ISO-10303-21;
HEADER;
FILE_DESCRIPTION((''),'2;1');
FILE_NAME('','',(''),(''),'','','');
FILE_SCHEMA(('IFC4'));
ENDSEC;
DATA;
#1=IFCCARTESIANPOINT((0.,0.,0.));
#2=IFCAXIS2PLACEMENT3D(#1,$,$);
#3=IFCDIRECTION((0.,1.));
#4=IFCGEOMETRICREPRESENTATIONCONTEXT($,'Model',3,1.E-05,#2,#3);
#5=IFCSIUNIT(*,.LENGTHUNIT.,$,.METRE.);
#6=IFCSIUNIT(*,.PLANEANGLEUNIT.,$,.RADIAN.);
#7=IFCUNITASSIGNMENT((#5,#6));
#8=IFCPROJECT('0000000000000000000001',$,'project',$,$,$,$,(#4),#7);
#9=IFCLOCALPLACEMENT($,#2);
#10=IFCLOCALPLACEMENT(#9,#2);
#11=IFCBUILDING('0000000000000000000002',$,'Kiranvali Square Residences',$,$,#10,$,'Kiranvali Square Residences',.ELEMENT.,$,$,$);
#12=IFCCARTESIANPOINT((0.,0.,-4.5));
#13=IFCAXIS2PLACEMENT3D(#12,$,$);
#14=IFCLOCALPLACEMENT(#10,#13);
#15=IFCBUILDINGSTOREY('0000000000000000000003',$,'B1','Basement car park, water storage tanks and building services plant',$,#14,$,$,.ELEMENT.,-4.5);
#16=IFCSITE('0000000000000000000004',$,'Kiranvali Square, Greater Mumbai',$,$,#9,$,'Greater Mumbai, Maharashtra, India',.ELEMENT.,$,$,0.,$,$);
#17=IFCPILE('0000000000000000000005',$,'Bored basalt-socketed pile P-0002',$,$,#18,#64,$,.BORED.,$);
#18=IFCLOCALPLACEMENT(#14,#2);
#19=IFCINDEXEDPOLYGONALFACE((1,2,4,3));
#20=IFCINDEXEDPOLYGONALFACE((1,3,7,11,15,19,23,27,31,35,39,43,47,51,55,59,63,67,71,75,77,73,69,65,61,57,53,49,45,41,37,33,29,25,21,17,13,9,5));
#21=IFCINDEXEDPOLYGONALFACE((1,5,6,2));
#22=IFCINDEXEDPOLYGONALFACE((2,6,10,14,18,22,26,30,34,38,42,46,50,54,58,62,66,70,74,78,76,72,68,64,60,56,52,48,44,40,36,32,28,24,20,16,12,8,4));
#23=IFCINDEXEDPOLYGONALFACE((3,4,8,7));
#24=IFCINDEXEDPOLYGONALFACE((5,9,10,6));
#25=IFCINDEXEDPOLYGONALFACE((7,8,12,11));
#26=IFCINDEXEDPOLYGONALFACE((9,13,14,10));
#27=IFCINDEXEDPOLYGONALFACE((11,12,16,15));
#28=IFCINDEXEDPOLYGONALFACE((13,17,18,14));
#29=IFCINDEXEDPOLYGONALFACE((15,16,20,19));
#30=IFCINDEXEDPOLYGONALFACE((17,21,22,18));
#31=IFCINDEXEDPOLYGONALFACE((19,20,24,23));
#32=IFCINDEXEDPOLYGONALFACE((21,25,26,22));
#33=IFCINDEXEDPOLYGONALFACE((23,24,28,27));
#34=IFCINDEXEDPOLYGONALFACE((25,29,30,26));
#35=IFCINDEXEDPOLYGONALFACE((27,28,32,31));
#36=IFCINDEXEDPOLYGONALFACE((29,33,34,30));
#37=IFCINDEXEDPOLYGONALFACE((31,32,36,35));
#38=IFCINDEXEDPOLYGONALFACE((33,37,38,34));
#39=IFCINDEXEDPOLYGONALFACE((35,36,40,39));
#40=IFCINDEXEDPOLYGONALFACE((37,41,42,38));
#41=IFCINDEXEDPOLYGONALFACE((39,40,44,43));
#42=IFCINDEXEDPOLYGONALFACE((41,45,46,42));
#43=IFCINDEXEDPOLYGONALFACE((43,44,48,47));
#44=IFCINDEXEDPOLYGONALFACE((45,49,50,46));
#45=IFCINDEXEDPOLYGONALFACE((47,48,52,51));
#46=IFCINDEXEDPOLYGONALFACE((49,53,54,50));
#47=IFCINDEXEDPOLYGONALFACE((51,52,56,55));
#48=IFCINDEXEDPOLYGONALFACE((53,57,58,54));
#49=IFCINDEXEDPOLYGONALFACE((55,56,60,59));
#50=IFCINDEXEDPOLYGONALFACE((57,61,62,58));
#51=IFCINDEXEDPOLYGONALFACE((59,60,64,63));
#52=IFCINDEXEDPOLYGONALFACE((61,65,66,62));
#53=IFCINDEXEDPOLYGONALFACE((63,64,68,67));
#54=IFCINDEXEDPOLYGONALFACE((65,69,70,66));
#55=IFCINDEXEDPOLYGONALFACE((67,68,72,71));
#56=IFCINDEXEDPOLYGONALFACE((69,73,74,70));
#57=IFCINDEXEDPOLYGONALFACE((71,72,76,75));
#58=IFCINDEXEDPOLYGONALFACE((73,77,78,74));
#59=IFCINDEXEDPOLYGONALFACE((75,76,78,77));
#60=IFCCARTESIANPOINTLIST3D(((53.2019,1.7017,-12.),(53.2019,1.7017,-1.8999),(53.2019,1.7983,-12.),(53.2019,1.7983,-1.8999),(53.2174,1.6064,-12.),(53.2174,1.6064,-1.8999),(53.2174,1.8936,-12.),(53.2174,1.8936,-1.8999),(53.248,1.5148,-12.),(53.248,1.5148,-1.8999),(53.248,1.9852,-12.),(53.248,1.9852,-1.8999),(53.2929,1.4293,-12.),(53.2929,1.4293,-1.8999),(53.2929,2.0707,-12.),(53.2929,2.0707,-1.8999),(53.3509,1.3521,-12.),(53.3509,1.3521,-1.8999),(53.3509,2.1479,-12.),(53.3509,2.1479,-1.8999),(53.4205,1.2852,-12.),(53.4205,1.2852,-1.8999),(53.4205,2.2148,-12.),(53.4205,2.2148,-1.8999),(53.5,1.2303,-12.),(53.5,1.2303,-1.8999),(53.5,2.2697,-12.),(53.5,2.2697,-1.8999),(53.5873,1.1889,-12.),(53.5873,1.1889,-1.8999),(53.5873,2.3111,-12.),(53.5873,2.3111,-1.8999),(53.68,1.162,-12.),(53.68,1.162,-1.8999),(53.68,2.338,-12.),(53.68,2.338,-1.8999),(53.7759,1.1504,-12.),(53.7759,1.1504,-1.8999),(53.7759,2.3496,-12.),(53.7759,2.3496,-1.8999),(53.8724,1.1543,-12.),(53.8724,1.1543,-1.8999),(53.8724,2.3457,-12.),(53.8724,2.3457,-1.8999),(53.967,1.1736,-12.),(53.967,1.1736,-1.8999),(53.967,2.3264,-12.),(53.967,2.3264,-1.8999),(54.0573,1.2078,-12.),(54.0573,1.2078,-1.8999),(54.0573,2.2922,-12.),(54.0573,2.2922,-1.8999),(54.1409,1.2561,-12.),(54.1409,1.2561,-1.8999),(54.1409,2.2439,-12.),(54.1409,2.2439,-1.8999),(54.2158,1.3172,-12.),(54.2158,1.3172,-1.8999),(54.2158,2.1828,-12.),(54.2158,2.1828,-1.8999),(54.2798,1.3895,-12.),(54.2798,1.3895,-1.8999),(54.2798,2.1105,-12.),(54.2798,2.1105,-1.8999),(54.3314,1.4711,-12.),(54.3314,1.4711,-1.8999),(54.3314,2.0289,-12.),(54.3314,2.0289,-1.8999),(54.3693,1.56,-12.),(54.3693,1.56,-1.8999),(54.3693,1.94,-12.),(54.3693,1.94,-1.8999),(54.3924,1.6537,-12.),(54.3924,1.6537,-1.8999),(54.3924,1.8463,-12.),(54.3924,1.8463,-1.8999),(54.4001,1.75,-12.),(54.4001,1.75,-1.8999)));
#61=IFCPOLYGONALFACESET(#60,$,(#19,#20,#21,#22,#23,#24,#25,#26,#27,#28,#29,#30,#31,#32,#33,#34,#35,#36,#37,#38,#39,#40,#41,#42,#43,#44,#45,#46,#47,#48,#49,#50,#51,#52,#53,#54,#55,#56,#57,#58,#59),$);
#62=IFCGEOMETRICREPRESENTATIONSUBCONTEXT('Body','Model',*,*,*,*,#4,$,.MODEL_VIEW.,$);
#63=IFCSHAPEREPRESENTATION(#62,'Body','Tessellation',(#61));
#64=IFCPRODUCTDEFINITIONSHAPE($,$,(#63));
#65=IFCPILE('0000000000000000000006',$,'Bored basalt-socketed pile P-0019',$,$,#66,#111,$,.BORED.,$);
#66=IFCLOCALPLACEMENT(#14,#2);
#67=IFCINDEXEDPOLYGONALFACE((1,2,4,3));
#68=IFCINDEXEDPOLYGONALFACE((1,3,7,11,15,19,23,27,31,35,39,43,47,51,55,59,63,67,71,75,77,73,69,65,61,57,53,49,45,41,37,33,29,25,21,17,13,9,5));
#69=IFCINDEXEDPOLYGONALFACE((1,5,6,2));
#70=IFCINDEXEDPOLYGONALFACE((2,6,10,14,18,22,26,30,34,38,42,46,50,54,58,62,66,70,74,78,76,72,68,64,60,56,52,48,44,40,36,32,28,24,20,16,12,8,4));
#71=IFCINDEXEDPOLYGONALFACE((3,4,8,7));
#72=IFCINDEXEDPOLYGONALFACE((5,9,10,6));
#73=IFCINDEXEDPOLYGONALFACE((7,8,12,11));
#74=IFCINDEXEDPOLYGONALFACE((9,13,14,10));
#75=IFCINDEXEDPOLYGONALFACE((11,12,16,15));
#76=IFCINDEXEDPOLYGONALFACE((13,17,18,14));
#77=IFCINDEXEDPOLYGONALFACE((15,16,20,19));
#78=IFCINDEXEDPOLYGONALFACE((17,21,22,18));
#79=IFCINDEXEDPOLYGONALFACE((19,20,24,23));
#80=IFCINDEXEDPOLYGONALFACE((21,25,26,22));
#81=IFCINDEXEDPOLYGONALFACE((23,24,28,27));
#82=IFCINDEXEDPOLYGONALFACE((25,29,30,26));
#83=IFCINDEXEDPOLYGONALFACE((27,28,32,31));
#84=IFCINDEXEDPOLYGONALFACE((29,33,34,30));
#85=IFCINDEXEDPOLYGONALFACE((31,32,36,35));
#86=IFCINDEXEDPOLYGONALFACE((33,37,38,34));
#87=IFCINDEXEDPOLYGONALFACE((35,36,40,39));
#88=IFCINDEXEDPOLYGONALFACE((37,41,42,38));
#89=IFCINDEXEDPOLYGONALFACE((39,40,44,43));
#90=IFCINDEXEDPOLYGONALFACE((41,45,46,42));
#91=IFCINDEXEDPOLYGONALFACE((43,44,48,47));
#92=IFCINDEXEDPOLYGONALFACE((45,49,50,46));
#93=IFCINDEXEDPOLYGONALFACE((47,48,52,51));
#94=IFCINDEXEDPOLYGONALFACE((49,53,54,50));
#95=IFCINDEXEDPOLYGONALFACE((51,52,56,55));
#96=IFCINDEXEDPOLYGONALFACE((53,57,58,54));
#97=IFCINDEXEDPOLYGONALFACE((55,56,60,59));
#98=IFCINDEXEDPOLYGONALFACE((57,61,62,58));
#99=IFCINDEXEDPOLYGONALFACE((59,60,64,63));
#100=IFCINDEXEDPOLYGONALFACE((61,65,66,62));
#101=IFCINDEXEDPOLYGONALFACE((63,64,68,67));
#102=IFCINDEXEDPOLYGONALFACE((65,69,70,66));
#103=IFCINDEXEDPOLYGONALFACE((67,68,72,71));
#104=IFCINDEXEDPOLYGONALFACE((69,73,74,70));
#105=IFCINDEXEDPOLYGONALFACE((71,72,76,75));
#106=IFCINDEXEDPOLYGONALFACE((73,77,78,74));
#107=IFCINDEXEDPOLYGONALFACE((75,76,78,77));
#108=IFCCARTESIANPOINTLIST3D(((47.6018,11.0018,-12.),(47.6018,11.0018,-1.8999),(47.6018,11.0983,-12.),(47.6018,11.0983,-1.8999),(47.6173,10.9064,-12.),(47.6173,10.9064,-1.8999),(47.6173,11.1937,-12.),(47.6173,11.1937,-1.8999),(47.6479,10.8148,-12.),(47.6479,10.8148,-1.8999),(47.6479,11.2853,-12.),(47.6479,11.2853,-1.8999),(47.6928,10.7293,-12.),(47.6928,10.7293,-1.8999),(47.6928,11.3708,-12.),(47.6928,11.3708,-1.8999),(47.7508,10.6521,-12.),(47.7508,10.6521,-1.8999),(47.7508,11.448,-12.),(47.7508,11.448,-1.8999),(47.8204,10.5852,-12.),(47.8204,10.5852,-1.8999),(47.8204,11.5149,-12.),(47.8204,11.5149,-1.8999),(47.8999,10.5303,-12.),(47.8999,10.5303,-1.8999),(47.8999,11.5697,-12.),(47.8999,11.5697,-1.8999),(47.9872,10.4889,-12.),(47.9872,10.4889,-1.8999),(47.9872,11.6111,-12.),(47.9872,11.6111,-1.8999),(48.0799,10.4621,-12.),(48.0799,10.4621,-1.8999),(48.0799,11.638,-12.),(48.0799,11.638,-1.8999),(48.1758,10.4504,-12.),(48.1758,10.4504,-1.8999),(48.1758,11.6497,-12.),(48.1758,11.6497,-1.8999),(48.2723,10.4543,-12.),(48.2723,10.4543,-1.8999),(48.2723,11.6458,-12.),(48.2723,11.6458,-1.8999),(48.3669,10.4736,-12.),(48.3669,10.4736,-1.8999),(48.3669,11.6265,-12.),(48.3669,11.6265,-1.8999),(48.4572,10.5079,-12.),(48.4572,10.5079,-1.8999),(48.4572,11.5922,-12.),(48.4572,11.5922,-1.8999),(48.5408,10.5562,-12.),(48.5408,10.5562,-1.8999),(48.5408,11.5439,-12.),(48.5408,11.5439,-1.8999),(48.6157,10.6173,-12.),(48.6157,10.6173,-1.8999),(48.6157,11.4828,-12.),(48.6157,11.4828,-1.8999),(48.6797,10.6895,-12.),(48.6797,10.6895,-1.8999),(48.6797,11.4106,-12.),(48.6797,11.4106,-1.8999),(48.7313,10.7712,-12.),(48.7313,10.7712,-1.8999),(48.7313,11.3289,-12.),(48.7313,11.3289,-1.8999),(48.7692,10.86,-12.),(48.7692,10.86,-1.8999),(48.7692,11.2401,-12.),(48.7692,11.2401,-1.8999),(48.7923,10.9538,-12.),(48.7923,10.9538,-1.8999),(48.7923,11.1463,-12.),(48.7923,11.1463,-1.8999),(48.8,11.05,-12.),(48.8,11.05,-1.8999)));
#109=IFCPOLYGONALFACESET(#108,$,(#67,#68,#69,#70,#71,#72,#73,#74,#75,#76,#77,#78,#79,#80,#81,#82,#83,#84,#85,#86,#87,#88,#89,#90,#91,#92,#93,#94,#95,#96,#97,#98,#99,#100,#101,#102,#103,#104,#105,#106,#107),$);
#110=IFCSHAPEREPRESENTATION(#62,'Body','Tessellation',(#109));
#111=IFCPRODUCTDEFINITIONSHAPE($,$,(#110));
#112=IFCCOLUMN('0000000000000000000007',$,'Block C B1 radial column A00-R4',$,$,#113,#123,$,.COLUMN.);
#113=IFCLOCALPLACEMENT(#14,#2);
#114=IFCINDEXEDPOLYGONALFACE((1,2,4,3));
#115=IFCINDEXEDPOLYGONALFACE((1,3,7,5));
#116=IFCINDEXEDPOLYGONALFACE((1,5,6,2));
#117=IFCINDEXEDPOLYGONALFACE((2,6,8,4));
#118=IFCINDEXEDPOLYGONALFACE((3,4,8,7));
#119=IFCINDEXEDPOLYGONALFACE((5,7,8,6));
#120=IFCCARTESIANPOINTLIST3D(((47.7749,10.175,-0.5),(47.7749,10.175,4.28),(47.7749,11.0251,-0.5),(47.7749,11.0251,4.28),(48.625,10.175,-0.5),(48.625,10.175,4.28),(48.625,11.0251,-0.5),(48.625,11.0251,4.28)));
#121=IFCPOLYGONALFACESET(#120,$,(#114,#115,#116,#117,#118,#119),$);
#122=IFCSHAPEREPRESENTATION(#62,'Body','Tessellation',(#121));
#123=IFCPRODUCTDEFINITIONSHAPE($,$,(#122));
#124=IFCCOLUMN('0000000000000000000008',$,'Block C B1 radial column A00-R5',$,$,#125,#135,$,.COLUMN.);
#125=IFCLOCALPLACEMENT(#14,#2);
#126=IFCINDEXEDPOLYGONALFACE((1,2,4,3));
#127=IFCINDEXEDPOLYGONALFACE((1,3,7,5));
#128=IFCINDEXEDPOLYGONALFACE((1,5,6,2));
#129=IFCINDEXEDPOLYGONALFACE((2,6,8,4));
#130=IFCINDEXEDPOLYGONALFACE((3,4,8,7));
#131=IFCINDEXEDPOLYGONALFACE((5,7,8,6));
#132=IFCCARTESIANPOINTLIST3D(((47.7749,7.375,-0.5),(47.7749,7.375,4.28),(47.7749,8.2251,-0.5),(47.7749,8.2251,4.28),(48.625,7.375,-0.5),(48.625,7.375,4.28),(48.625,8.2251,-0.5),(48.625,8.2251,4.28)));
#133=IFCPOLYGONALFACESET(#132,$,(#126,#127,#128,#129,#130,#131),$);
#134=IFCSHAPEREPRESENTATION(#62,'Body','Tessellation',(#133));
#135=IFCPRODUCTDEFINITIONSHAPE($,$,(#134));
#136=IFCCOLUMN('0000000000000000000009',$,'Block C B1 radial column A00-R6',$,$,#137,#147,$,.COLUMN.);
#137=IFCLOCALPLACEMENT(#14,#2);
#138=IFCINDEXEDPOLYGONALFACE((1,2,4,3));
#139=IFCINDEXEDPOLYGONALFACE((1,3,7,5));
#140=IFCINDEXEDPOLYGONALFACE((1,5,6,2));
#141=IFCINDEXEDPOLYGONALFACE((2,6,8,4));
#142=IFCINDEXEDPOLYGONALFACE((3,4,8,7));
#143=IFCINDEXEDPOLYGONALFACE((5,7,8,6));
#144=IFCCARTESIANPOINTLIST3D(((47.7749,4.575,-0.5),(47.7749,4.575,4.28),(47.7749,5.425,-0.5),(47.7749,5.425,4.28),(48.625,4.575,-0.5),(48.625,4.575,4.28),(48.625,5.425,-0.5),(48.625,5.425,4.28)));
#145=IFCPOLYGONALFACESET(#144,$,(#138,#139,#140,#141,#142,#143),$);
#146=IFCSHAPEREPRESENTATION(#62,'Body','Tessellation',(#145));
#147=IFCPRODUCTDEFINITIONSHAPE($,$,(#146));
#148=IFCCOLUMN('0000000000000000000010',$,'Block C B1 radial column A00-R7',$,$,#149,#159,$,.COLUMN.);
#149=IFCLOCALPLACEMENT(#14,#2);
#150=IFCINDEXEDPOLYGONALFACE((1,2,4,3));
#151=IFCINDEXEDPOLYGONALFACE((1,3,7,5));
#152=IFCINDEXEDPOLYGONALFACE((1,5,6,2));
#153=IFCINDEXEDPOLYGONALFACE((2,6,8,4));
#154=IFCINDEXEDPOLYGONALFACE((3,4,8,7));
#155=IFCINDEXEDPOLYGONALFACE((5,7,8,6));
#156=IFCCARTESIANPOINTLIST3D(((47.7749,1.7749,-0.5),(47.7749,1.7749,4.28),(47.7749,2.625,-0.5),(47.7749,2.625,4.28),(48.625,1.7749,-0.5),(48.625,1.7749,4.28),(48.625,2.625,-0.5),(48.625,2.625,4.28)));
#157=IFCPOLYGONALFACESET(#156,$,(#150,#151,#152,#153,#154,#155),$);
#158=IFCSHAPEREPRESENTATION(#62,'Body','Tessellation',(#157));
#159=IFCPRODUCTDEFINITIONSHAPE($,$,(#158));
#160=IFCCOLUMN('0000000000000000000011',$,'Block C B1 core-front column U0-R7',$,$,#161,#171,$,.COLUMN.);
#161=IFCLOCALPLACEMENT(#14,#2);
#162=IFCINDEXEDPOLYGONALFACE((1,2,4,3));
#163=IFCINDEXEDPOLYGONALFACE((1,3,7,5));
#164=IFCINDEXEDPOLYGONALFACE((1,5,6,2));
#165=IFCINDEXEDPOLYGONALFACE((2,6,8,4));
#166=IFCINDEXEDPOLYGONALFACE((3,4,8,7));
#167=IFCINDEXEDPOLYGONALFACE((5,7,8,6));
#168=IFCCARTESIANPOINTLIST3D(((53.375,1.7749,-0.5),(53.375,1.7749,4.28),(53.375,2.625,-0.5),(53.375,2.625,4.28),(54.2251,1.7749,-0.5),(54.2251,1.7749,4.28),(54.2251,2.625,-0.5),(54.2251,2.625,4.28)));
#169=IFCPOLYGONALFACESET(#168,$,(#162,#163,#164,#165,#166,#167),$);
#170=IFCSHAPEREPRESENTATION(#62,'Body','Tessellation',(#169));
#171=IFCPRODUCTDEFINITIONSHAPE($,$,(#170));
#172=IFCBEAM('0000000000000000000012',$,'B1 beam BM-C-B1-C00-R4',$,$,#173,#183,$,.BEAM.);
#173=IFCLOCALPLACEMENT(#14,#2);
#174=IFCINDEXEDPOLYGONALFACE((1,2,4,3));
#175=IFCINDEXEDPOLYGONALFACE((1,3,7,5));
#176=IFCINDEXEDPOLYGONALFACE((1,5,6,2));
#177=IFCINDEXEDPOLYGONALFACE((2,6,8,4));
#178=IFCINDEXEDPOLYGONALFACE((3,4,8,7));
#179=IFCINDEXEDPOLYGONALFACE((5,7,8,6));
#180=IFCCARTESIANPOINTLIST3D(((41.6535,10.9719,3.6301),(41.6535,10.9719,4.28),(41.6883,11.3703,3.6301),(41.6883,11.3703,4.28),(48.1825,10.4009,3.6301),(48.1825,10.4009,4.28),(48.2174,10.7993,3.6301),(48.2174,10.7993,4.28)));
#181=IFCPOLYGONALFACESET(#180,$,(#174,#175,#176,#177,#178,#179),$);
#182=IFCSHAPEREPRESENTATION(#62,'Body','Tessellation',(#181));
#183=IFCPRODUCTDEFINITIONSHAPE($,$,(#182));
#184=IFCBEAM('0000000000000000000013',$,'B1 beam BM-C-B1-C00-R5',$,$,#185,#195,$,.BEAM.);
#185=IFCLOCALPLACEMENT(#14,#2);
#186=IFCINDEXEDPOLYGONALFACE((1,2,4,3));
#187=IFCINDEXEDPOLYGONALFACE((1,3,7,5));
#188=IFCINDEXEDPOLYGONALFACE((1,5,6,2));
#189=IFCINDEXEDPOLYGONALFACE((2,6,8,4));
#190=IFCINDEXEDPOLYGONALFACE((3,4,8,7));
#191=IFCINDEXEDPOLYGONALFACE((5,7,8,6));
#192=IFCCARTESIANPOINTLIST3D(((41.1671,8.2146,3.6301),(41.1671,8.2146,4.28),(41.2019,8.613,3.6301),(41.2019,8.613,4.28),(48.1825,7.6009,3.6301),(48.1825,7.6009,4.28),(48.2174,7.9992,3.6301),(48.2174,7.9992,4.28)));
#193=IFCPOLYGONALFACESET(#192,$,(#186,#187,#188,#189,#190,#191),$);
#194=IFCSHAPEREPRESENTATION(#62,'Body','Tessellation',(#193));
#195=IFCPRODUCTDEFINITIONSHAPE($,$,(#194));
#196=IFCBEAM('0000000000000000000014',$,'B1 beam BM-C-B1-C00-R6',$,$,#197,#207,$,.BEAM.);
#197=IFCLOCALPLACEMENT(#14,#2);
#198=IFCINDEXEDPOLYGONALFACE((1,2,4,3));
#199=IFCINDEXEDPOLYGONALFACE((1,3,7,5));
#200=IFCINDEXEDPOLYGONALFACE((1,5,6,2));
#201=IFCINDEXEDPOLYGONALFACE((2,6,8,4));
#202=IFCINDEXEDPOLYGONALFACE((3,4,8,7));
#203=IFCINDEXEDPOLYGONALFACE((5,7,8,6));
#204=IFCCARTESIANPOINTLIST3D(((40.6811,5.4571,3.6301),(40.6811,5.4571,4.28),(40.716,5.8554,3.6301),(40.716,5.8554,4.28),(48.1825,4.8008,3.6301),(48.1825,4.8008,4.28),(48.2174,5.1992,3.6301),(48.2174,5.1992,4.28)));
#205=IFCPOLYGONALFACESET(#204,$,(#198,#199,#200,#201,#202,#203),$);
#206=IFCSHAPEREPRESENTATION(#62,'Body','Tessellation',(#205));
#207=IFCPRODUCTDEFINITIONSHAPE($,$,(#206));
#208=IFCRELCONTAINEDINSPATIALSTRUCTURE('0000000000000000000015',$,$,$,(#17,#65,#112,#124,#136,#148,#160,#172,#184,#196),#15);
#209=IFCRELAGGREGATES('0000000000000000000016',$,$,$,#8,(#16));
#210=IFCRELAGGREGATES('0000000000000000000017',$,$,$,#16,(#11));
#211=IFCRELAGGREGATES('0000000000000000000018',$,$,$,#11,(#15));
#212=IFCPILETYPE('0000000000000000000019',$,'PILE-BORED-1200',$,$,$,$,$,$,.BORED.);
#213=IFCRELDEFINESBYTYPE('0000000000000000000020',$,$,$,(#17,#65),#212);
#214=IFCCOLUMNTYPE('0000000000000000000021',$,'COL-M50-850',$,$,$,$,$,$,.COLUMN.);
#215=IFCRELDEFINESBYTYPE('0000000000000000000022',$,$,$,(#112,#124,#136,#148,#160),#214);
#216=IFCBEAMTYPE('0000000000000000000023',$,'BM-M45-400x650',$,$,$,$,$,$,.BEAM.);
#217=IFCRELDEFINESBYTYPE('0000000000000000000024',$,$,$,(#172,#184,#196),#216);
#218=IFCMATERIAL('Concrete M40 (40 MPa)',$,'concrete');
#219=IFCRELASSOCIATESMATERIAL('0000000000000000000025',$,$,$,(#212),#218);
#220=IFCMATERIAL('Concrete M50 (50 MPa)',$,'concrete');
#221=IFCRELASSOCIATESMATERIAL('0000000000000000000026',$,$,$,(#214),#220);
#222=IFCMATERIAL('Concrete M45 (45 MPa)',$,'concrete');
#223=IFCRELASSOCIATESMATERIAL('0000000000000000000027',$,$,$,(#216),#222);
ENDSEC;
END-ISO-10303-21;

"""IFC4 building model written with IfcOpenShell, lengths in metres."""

from ifc_helpers import new_model, si_unit, direction, frame, origin, origin_2d, place, context, subcontext, project, spatial, rectangle, circle, extrude, material, material_profile, profile_set, type_object, element, save


model = new_model("IFC4")

# Units and contexts
model_context = context("Model", 3, precision=1e-05, world=origin(), true_north=direction((0.0, 1.0)))
body_context = subcontext(model_context, "Body", "Model", "MODEL_VIEW")
ifc_project = project(units=[si_unit("LENGTHUNIT", "METRE"), si_unit("PLANEANGLEUNIT", "RADIAN")], contexts=[model_context])

# Site, building, storey
site_placement = place(None, origin())
site = spatial("IfcSite", under=ifc_project, at=site_placement, Name="Kiranvali Square, Greater Mumbai", LongName="Greater Mumbai, Maharashtra, India", CompositionType="ELEMENT", RefElevation=0.0)
building_placement = place(site_placement, origin())
building = spatial("IfcBuilding", under=site, at=building_placement, Name="Kiranvali Square Residences", LongName="Kiranvali Square Residences", CompositionType="ELEMENT")
storey_placement = place(building_placement, frame((0.0, 0.0, -4.5)))
storey = spatial("IfcBuildingStorey", under=building, at=storey_placement, Name="B1", Description="Basement car park, water storage tanks and building services plant", CompositionType="ELEMENT", Elevation=-4.5)

# Shared definitions
ifc_material_1 = material(Name="Concrete M40 (40 MPa)", Category="concrete")

# Piles
ifc_material_profile_1 = material_profile(ifc_material_1, circle(Radius=0.6001, at=origin_2d()), Name="BORED PILE 1200")
ifc_profile_set_1 = profile_set([ifc_material_profile_1], Name="Concrete M40 (40 MPa)")
pile_type = type_object("IfcPileType", Name="PILE-BORED-1200", PredefinedType="BORED", material=ifc_profile_set_1)
for number, where, z_axis, x_axis, name in (
    (1, (53.8, 1.75, -1.8999), (0.0, 0.0, -1.0), (1.0, 0.0, 0.0), "Bored basalt-socketed pile P-0002"),
    (2, (48.2, 11.05, -1.8999), (0.0, 0.0, -1.0), (1.0, 0.0, 0.0), "Bored basalt-socketed pile P-0019"),
):
    element("IfcPile", number, at=place(storey_placement, frame(where, z_axis=z_axis, x_axis=x_axis)), inside=storey, type_object=pile_type, Name=name, PredefinedType="BORED", context=body_context, shape_type="SweptSolid", body=[
        extrude(circle(Radius=0.6001, at=origin_2d()), origin(), (0.0, 0.0, 1.0), 10.1001),
    ])

# Columns
ifc_material_2 = material(Name="Concrete M50 (50 MPa)", Category="concrete")
ifc_material_profile_2 = material_profile(ifc_material_2, rectangle(XDim=0.8501, YDim=0.8501, at=origin_2d()), Name="RC 850x850")
ifc_profile_set_2 = profile_set([ifc_material_profile_2], Name="Concrete M50 (50 MPa)")
column_type = type_object("IfcColumnType", Name="COL-M50-850", PredefinedType="COLUMN", material=ifc_profile_set_2)
for number, where, z_axis, x_axis, name in (
    (3, (48.2, 10.6001, -0.5), (0.0, 0.0, 1.0), (1.0, 0.0, 0.0), "Block C B1 radial column A00-R4"),
    (4, (48.2, 7.8, -0.5), (0.0, 0.0, 1.0), (1.0, 0.0, 0.0), "Block C B1 radial column A00-R5"),
    (5, (48.2, 5.0, -0.5), (0.0, 0.0, 1.0), (1.0, 0.0, 0.0), "Block C B1 radial column A00-R6"),
    (6, (48.2, 2.2, -0.5), (0.0, 0.0, 1.0), (1.0, 0.0, 0.0), "Block C B1 radial column A00-R7"),
    (7, (53.8, 2.2, -0.5), (0.0, 0.0, 1.0), (1.0, 0.0, 0.0), "Block C B1 core-front column U0-R7"),
):
    element("IfcColumn", number, at=place(storey_placement, frame(where, z_axis=z_axis, x_axis=x_axis)), inside=storey, type_object=column_type, Name=name, PredefinedType="COLUMN", context=body_context, shape_type="SweptSolid", body=[
        extrude(rectangle(XDim=0.8501, YDim=0.8501, at=origin_2d()), origin(), (0.0, 0.0, 1.0), 4.78),
    ])

# Beams
ifc_material_3 = material(Name="Concrete M45 (45 MPa)", Category="concrete")
ifc_material_profile_3 = material_profile(ifc_material_3, rectangle(XDim=0.3999, YDim=0.6499, at=origin_2d()), Name="RC 400x650")
ifc_profile_set_3 = profile_set([ifc_material_profile_3], Name="Concrete M45 (45 MPa)")
beam_type = type_object("IfcBeamType", Name="BM-M45-400x650", PredefinedType="BEAM", material=ifc_profile_set_3)
beam_1_placement = place(storey_placement, frame((48.2, 10.6001, 3.9551), z_axis=(-0.996197, 0.08713, 0.0), x_axis=(-0.08713, -0.996197, 0.0)))
element("IfcBeam", 8, at=beam_1_placement, inside=storey, type_object=beam_type, Name="B1 beam BM-C-B1-C00-R4", PredefinedType="BEAM", context=body_context, shape_type="SweptSolid", body=[
    extrude(rectangle(XDim=0.3999, YDim=0.6499, at=origin_2d()), origin(), (0.0, 0.0, 1.0), 6.554),
])
beam_2_placement = place(storey_placement, frame((48.2, 7.8, 3.9551), z_axis=(-0.996195, 0.087156, 0.0), x_axis=(-0.087156, -0.996195, 0.0)))
element("IfcBeam", 9, at=beam_2_placement, inside=storey, type_object=beam_type, Name="B1 beam BM-C-B1-C00-R5", PredefinedType="BEAM", context=body_context, shape_type="SweptSolid", body=[
    extrude(rectangle(XDim=0.3999, YDim=0.6499, at=origin_2d()), origin(), (0.0, 0.0, 1.0), 7.0422),
])
beam_3_placement = place(storey_placement, frame((48.2, 5.0, 3.9551), z_axis=(-0.996195, 0.08715, 0.0), x_axis=(-0.08715, -0.996195, 0.0)))
element("IfcBeam", 10, at=beam_3_placement, inside=storey, type_object=beam_type, Name="B1 beam BM-C-B1-C00-R6", PredefinedType="BEAM", context=body_context, shape_type="SweptSolid", body=[
    extrude(rectangle(XDim=0.3999, YDim=0.6499, at=origin_2d()), origin(), (0.0, 0.0, 1.0), 7.53),
])

save(model, "model.ifc")
